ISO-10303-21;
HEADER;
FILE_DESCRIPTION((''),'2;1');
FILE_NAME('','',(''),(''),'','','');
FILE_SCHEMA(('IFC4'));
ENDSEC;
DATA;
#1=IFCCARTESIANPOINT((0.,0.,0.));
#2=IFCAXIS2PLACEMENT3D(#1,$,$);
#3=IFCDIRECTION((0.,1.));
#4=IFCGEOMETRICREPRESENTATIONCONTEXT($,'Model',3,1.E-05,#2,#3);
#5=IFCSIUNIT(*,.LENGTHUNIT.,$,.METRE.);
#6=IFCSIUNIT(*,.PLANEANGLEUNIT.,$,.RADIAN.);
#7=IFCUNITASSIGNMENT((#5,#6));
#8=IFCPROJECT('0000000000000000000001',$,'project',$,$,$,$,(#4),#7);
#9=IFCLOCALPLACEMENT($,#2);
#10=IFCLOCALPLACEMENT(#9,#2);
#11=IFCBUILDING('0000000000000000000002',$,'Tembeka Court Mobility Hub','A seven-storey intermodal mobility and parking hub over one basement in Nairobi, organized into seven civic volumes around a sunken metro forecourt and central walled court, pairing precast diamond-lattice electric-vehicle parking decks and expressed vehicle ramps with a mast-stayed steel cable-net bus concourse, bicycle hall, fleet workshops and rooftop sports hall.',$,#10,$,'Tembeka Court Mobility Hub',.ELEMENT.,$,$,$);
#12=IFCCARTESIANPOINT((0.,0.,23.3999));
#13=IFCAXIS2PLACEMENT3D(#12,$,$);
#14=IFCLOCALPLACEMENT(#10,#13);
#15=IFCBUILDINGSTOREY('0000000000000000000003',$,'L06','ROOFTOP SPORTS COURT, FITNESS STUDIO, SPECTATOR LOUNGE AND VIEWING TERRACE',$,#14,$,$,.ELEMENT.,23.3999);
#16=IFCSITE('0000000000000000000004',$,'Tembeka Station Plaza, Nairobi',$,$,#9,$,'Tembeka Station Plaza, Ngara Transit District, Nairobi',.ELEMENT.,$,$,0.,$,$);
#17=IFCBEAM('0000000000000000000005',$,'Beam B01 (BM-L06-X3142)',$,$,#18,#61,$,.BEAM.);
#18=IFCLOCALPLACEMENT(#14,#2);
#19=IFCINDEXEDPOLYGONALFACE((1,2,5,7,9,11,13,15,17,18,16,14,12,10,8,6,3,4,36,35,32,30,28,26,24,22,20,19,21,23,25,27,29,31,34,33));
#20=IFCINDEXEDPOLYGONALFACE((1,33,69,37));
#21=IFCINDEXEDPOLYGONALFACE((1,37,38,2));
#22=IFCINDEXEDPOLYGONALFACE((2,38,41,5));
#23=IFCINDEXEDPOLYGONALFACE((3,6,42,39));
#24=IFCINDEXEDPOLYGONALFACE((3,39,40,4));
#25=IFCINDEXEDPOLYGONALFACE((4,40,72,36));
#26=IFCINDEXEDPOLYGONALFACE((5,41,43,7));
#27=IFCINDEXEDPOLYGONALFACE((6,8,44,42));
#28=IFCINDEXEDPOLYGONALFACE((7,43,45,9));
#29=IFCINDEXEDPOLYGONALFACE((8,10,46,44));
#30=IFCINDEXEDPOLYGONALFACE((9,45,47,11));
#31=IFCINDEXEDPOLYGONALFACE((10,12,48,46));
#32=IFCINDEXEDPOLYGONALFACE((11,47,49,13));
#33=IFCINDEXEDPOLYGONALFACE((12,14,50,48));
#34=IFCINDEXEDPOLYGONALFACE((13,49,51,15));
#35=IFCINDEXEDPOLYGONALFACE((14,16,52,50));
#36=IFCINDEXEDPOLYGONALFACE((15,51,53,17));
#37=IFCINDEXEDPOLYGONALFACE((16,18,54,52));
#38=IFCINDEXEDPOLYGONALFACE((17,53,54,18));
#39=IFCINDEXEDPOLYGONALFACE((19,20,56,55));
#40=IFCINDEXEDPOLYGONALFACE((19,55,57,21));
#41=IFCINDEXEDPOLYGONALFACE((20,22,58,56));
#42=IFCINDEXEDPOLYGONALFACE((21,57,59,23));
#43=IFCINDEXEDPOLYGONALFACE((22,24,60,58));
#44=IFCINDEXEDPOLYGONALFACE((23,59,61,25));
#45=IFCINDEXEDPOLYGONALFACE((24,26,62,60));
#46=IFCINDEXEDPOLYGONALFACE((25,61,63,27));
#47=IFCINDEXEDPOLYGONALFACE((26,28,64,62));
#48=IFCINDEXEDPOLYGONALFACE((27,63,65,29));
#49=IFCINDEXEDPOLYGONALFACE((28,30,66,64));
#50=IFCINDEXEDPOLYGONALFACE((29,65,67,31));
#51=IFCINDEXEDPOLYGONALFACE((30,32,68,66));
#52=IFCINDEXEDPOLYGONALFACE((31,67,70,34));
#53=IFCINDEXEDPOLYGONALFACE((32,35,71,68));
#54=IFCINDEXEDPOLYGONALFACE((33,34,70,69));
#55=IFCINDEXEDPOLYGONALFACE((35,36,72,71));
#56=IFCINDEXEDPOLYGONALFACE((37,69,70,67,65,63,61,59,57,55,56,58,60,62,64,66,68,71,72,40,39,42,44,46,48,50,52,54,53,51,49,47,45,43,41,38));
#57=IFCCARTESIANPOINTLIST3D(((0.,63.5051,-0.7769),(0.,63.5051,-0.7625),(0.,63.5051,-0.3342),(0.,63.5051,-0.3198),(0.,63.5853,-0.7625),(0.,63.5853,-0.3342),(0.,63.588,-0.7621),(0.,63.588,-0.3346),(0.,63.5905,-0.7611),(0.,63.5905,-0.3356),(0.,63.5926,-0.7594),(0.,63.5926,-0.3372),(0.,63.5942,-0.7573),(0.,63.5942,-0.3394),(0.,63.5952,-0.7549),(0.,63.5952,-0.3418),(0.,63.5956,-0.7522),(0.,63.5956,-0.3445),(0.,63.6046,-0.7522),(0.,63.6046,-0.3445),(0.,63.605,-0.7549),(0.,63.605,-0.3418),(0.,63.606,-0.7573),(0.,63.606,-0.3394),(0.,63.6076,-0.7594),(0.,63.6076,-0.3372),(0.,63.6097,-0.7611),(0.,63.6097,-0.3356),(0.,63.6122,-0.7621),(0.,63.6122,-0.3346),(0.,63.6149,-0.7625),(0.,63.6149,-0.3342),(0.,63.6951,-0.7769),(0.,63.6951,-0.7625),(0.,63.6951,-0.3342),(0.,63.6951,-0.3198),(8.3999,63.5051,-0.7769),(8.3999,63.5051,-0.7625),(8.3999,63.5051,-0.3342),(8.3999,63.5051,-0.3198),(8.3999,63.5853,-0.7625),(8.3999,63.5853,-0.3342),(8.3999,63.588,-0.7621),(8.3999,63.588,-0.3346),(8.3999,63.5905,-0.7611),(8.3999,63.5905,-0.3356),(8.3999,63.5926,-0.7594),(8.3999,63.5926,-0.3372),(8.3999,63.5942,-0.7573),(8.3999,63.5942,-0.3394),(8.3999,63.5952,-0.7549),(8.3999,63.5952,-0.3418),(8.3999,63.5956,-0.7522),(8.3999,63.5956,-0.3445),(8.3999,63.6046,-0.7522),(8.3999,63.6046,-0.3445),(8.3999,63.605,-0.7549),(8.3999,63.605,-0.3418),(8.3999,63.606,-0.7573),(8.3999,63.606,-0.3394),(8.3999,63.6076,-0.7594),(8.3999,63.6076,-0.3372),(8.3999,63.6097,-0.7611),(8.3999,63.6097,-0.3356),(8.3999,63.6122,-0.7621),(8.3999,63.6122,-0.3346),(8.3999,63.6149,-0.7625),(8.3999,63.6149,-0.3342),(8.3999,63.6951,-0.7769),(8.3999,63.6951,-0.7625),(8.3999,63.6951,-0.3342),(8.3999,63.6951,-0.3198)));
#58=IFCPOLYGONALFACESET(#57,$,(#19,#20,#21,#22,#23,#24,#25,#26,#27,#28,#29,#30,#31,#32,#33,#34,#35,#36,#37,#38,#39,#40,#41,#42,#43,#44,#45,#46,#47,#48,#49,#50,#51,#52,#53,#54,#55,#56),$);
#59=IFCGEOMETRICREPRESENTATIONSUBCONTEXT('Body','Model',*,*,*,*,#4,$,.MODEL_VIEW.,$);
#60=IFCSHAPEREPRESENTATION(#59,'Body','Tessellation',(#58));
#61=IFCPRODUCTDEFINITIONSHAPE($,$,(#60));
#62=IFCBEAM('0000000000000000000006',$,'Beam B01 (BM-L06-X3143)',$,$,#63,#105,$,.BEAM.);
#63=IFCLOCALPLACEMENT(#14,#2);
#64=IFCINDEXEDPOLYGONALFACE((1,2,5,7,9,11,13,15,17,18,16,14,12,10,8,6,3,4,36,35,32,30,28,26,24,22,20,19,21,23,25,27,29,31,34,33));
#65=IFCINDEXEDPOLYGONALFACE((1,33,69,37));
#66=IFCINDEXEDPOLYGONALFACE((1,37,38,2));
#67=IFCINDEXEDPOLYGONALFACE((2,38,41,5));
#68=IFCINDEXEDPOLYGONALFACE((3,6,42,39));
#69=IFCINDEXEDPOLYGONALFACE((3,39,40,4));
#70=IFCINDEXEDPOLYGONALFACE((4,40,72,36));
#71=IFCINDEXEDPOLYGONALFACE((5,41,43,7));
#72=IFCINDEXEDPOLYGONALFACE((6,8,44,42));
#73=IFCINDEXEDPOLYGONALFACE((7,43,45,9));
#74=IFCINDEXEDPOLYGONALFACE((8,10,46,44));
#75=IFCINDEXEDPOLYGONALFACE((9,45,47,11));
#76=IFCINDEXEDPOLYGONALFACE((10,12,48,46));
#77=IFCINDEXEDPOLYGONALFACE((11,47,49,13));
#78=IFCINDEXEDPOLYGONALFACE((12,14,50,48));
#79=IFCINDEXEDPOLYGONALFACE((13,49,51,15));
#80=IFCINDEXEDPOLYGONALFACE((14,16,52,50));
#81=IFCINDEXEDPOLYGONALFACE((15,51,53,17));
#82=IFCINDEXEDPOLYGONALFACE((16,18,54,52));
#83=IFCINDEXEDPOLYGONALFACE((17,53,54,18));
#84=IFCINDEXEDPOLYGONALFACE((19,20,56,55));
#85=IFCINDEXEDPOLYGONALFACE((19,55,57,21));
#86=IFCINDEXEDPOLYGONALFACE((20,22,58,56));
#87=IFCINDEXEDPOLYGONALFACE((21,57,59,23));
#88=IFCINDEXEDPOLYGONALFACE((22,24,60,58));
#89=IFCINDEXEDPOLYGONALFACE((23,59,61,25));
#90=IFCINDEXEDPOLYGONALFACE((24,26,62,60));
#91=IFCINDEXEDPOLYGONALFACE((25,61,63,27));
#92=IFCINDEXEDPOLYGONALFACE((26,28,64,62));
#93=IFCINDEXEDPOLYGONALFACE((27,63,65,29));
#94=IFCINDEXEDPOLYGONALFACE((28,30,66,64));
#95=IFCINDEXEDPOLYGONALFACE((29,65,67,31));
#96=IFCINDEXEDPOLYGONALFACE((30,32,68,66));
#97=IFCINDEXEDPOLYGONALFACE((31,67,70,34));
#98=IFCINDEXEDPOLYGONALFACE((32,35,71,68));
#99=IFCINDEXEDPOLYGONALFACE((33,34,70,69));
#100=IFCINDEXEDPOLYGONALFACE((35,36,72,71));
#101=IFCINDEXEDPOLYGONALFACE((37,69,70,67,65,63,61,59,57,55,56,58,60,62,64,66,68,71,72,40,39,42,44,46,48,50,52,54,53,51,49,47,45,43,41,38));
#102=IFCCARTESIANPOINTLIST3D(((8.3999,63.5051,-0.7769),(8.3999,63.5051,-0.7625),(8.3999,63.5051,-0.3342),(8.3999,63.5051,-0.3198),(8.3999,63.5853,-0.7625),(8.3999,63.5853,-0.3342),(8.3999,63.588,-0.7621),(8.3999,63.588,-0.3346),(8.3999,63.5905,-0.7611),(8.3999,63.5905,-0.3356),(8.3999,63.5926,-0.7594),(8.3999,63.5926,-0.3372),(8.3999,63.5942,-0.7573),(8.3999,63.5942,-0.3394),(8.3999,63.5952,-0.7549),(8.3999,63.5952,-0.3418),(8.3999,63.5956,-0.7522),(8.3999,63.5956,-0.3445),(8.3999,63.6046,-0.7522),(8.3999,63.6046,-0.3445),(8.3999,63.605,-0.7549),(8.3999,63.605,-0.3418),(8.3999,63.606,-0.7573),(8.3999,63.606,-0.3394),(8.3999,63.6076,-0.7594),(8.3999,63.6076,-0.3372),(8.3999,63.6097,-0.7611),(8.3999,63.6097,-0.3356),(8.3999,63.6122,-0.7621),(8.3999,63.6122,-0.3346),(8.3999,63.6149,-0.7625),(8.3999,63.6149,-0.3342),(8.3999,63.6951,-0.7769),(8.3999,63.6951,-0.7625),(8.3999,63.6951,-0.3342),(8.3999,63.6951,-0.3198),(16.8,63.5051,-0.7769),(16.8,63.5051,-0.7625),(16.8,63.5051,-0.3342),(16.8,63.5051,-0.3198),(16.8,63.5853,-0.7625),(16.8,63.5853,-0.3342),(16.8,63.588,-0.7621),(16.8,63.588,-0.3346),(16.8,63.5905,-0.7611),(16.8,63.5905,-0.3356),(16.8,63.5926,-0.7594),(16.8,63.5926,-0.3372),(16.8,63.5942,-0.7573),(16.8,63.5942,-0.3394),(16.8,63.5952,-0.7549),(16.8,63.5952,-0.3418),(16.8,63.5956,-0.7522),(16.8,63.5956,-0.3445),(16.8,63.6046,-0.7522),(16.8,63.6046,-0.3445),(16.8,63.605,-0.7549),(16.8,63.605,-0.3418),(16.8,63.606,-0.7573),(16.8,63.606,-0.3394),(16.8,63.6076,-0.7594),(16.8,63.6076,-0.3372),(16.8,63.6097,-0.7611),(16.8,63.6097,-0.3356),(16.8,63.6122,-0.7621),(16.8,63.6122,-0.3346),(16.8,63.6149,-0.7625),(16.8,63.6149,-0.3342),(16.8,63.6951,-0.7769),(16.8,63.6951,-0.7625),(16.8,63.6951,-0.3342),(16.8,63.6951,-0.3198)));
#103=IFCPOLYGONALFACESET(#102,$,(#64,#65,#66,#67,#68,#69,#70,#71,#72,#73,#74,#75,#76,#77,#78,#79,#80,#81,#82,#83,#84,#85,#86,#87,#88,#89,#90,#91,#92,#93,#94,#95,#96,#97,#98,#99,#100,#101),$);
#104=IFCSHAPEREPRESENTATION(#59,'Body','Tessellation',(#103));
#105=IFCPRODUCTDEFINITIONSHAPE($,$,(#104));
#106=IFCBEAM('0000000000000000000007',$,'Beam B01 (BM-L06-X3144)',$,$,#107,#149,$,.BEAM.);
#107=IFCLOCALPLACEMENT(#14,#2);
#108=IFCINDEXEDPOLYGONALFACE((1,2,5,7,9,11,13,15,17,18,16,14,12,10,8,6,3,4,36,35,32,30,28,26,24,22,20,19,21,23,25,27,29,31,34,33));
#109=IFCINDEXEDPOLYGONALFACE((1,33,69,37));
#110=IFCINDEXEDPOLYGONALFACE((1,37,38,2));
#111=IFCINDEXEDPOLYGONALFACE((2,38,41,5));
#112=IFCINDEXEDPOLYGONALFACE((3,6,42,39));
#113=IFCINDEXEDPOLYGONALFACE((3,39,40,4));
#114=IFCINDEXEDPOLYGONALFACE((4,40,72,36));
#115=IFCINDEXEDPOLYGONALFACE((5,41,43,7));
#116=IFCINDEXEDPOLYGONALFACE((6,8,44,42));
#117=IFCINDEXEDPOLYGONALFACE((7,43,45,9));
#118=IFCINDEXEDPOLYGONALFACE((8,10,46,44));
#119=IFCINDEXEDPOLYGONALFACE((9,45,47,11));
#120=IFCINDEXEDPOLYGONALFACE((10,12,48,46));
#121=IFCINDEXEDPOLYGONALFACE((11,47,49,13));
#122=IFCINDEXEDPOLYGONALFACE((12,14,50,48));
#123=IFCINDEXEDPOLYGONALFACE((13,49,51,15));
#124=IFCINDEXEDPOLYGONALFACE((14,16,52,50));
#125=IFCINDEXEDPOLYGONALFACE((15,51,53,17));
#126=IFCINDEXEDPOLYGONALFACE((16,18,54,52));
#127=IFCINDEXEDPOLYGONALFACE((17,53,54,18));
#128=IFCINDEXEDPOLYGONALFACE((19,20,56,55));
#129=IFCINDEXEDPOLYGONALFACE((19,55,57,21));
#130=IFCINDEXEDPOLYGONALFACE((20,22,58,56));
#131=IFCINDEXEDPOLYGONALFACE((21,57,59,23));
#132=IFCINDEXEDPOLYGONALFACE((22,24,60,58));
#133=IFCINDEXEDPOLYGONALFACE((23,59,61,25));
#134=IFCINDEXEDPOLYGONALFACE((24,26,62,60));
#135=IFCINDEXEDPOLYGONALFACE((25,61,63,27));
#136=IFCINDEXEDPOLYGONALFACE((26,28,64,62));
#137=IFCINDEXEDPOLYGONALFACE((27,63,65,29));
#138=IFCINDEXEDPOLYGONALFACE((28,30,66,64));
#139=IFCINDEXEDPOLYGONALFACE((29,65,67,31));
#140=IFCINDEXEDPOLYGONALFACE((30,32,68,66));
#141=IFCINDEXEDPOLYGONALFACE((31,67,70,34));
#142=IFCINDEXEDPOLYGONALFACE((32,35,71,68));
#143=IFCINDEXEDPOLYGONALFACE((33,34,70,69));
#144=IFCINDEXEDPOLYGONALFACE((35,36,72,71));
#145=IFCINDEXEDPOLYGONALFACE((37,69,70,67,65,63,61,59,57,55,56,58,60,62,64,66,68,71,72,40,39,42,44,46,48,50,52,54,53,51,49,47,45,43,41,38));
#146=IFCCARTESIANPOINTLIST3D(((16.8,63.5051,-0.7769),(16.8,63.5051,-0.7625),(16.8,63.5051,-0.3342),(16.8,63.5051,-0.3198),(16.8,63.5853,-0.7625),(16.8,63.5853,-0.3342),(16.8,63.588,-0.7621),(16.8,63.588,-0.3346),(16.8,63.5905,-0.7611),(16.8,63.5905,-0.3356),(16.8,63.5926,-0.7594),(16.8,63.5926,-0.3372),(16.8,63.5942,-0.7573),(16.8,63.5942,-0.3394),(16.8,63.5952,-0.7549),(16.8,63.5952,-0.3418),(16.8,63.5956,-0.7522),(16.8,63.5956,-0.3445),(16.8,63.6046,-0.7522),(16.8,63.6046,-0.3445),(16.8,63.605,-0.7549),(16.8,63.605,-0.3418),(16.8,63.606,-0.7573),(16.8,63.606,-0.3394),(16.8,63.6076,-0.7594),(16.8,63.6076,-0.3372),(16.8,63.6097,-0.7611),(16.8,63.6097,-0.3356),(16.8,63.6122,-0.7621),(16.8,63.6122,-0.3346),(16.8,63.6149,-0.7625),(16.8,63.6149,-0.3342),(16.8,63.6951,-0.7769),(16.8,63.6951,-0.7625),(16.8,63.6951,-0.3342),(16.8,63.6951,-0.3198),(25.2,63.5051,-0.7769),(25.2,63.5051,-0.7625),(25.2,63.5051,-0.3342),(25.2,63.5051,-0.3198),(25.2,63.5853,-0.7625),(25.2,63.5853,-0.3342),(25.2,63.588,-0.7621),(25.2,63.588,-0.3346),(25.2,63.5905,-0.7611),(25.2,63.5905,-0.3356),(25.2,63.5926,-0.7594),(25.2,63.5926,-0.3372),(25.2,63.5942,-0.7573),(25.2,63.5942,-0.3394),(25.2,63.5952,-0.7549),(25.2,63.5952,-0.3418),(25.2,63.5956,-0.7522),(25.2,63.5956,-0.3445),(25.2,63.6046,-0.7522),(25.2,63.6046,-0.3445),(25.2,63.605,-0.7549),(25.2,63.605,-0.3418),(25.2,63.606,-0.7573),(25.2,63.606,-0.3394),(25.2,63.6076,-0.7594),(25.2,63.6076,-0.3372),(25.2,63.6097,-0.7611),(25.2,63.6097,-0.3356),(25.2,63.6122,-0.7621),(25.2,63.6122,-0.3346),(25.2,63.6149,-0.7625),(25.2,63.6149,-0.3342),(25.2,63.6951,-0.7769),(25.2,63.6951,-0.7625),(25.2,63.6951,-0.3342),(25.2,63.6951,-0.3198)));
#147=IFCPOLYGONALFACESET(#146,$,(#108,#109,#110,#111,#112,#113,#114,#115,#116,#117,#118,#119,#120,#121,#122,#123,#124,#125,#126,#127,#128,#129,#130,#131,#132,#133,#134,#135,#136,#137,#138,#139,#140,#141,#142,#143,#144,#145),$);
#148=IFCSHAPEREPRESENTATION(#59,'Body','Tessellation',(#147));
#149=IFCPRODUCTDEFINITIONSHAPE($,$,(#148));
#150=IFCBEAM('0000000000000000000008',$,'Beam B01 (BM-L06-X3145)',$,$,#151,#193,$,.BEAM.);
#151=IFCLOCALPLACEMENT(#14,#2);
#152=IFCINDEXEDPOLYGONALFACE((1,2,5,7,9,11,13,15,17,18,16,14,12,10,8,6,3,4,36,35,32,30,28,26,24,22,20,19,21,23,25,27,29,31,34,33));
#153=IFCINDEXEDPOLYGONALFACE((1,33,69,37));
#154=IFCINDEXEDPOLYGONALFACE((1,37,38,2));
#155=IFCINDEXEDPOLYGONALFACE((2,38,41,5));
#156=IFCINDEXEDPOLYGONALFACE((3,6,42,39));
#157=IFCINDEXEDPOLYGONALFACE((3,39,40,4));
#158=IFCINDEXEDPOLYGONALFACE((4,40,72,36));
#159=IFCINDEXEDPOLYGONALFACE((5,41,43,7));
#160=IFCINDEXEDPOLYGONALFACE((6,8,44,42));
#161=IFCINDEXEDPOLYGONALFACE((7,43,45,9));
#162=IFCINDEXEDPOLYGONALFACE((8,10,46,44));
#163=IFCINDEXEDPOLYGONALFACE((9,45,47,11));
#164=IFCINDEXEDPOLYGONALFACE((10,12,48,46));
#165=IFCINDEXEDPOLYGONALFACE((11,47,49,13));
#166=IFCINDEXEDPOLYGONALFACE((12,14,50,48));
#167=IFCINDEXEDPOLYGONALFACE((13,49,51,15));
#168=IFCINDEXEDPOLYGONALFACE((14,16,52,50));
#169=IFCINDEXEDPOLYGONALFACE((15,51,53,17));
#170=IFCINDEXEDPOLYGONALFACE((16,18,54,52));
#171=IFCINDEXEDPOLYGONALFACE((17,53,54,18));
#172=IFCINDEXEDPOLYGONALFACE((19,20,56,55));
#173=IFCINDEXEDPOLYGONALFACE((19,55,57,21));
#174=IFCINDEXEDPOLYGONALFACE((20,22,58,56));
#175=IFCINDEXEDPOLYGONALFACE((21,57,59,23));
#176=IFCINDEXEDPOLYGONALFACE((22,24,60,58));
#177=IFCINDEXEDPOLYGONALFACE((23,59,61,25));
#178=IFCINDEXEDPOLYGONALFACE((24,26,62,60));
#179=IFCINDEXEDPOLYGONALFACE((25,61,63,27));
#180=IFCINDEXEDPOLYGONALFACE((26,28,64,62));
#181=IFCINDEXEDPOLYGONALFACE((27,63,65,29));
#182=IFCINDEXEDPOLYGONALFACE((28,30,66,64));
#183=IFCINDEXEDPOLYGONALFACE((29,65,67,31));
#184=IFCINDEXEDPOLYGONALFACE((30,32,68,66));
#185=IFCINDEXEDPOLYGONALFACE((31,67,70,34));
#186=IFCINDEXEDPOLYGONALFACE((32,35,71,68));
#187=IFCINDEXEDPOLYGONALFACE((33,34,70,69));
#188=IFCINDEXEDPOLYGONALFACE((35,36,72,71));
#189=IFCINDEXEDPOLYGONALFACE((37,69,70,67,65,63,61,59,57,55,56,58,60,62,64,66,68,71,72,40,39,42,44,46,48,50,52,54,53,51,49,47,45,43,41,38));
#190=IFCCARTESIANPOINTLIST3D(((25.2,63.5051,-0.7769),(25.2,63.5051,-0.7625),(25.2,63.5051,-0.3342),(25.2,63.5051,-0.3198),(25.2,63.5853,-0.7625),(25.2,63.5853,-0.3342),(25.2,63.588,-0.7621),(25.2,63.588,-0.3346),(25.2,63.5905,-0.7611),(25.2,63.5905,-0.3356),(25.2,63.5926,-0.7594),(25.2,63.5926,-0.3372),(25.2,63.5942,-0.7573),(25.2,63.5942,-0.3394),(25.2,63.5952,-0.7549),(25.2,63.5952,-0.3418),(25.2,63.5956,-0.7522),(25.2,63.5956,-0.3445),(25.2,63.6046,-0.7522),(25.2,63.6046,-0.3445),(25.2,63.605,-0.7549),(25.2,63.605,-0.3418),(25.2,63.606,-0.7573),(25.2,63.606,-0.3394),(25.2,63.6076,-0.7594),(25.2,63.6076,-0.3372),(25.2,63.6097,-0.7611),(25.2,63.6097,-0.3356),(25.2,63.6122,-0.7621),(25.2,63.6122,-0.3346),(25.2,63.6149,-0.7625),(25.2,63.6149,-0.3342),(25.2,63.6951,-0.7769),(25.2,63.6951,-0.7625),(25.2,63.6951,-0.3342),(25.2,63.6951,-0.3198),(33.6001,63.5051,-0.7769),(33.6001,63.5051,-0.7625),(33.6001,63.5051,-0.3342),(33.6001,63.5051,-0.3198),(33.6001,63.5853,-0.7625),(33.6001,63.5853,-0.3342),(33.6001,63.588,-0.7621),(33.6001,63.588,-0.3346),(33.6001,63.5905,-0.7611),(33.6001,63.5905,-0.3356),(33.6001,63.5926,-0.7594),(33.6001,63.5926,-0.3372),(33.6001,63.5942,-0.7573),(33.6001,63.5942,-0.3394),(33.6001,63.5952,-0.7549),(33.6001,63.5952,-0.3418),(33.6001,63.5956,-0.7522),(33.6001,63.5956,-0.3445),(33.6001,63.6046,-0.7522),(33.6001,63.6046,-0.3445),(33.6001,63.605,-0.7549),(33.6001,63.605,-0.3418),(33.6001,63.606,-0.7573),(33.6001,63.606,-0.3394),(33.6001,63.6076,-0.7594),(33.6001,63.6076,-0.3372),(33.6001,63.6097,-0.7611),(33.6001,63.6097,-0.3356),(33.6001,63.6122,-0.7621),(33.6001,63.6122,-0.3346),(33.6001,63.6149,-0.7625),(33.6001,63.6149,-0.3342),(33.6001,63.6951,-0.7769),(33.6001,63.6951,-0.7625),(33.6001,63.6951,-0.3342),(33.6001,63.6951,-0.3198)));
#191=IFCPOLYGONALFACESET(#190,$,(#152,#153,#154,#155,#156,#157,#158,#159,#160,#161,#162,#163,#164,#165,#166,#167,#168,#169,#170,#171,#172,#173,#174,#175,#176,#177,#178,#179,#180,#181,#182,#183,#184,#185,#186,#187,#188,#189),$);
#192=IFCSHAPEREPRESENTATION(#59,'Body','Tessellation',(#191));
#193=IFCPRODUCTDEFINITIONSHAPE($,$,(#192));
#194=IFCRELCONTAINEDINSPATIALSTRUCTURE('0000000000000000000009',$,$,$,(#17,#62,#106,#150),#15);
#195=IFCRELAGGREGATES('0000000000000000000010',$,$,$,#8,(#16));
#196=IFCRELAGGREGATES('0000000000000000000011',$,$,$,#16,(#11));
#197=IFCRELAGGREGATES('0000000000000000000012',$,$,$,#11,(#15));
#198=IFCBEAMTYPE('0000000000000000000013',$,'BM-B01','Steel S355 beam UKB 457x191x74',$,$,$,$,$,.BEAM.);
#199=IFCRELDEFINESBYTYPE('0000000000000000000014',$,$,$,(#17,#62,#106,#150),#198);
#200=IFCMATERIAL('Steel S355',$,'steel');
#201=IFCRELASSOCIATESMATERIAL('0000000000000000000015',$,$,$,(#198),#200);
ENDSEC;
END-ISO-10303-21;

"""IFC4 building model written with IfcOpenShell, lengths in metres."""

from ifc_helpers import new_model, si_unit, direction, frame, origin, origin_2d, place, context, subcontext, project, spatial, i_section, extrude, material, material_profile, profile_set, type_object, element, save


model = new_model("IFC4")

# Units and contexts
model_context = context("Model", 3, precision=1e-05, world=origin(), true_north=direction((0.0, 1.0)))
body_context = subcontext(model_context, "Body", "Model", "MODEL_VIEW")
ifc_project = project(units=[si_unit("LENGTHUNIT", "METRE"), si_unit("PLANEANGLEUNIT", "RADIAN")], contexts=[model_context])

# Site, building, storey
site_placement = place(None, origin())
site = spatial("IfcSite", under=ifc_project, at=site_placement, Name="Tembeka Station Plaza, Nairobi", LongName="Tembeka Station Plaza, Ngara Transit District, Nairobi", CompositionType="ELEMENT", RefElevation=0.0)
building_placement = place(site_placement, origin())
building = spatial("IfcBuilding", under=site, at=building_placement, Name="Tembeka Court Mobility Hub", Description="A seven-storey intermodal mobility and parking hub over one basement in Nairobi, organized into seven civic volumes around a sunken metro forecourt and central walled court, pairing precast diamond-lattice electric-vehicle parking decks and expressed vehicle ramps with a mast-stayed steel cable-net bus concourse, bicycle hall, fleet workshops and rooftop sports hall.", LongName="Tembeka Court Mobility Hub", CompositionType="ELEMENT")
storey_placement = place(building_placement, frame((0.0, 0.0, 23.3999)))
storey = spatial("IfcBuildingStorey", under=building, at=storey_placement, Name="L06", Description="ROOFTOP SPORTS COURT, FITNESS STUDIO, SPECTATOR LOUNGE AND VIEWING TERRACE", CompositionType="ELEMENT", Elevation=23.3999)

# Beams
ifc_material_1 = material(Name="Steel S355", Category="steel")
ifc_material_profile_1 = material_profile(ifc_material_1, i_section(OverallWidth=0.1899, OverallDepth=0.457, WebThickness=0.009, FlangeThickness=0.0144, FilletRadius=0.0103, at=origin_2d()), Name="UKB 457x191x74")
ifc_profile_set_1 = profile_set([ifc_material_profile_1], Name="Steel S355")
beam_type_1 = type_object("IfcBeamType", Name="BM-B01", Description="Steel S355 beam UKB 457x191x74", PredefinedType="BEAM", material=ifc_profile_set_1)
beam_1_placement = place(storey_placement, frame((0.0, 63.6001, -0.5483), z_axis=(1.0, 0.0, 0.0), x_axis=(0.0, 1.0, 0.0)))
element("IfcBeam", 1, at=beam_1_placement, inside=storey, type_object=beam_type_1, Name="Beam B01 (BM-L06-X3142)", PredefinedType="BEAM", context=body_context, shape_type="SweptSolid", body=[
    extrude(i_section(OverallWidth=0.1899, OverallDepth=0.457, WebThickness=0.009, FlangeThickness=0.0144, FilletRadius=0.0103, at=origin_2d()), origin(), (0.0, 0.0, 1.0), 8.3999),
])
beam_2_placement = place(storey_placement, frame((8.3999, 63.6001, -0.5483), z_axis=(1.0, 0.0, 0.0), x_axis=(0.0, 1.0, 0.0)))
element("IfcBeam", 2, at=beam_2_placement, inside=storey, type_object=beam_type_1, Name="Beam B01 (BM-L06-X3143)", PredefinedType="BEAM", context=body_context, shape_type="SweptSolid", body=[
    extrude(i_section(OverallWidth=0.1899, OverallDepth=0.457, WebThickness=0.009, FlangeThickness=0.0144, FilletRadius=0.0103, at=origin_2d()), origin(), (0.0, 0.0, 1.0), 8.4001),
])
beam_3_placement = place(storey_placement, frame((16.8, 63.6001, -0.5483), z_axis=(1.0, 0.0, 0.0), x_axis=(0.0, 1.0, 0.0)))
element("IfcBeam", 3, at=beam_3_placement, inside=storey, type_object=beam_type_1, Name="Beam B01 (BM-L06-X3144)", PredefinedType="BEAM", context=body_context, shape_type="SweptSolid", body=[
    extrude(i_section(OverallWidth=0.1899, OverallDepth=0.457, WebThickness=0.009, FlangeThickness=0.0144, FilletRadius=0.0103, at=origin_2d()), origin(), (0.0, 0.0, 1.0), 8.3999),
])
for number, where, z_axis, x_axis, name in (
    (4, (25.2, 63.6001, -0.5483), (1.0, 0.0, 0.0), (0.0, 1.0, 0.0), "Beam B01 (BM-L06-X3145)"),
):
    element("IfcBeam", number, at=place(storey_placement, frame(where, z_axis=z_axis, x_axis=x_axis)), inside=storey, type_object=beam_type_1, Name=name, PredefinedType="BEAM", context=body_context, shape_type="SweptSolid", body=[
        extrude(i_section(OverallWidth=0.1899, OverallDepth=0.457, WebThickness=0.009, FlangeThickness=0.0144, FilletRadius=0.0103, at=origin_2d()), origin(), (0.0, 0.0, 1.0), 8.4001),
    ])

save(model, "model.ifc")
